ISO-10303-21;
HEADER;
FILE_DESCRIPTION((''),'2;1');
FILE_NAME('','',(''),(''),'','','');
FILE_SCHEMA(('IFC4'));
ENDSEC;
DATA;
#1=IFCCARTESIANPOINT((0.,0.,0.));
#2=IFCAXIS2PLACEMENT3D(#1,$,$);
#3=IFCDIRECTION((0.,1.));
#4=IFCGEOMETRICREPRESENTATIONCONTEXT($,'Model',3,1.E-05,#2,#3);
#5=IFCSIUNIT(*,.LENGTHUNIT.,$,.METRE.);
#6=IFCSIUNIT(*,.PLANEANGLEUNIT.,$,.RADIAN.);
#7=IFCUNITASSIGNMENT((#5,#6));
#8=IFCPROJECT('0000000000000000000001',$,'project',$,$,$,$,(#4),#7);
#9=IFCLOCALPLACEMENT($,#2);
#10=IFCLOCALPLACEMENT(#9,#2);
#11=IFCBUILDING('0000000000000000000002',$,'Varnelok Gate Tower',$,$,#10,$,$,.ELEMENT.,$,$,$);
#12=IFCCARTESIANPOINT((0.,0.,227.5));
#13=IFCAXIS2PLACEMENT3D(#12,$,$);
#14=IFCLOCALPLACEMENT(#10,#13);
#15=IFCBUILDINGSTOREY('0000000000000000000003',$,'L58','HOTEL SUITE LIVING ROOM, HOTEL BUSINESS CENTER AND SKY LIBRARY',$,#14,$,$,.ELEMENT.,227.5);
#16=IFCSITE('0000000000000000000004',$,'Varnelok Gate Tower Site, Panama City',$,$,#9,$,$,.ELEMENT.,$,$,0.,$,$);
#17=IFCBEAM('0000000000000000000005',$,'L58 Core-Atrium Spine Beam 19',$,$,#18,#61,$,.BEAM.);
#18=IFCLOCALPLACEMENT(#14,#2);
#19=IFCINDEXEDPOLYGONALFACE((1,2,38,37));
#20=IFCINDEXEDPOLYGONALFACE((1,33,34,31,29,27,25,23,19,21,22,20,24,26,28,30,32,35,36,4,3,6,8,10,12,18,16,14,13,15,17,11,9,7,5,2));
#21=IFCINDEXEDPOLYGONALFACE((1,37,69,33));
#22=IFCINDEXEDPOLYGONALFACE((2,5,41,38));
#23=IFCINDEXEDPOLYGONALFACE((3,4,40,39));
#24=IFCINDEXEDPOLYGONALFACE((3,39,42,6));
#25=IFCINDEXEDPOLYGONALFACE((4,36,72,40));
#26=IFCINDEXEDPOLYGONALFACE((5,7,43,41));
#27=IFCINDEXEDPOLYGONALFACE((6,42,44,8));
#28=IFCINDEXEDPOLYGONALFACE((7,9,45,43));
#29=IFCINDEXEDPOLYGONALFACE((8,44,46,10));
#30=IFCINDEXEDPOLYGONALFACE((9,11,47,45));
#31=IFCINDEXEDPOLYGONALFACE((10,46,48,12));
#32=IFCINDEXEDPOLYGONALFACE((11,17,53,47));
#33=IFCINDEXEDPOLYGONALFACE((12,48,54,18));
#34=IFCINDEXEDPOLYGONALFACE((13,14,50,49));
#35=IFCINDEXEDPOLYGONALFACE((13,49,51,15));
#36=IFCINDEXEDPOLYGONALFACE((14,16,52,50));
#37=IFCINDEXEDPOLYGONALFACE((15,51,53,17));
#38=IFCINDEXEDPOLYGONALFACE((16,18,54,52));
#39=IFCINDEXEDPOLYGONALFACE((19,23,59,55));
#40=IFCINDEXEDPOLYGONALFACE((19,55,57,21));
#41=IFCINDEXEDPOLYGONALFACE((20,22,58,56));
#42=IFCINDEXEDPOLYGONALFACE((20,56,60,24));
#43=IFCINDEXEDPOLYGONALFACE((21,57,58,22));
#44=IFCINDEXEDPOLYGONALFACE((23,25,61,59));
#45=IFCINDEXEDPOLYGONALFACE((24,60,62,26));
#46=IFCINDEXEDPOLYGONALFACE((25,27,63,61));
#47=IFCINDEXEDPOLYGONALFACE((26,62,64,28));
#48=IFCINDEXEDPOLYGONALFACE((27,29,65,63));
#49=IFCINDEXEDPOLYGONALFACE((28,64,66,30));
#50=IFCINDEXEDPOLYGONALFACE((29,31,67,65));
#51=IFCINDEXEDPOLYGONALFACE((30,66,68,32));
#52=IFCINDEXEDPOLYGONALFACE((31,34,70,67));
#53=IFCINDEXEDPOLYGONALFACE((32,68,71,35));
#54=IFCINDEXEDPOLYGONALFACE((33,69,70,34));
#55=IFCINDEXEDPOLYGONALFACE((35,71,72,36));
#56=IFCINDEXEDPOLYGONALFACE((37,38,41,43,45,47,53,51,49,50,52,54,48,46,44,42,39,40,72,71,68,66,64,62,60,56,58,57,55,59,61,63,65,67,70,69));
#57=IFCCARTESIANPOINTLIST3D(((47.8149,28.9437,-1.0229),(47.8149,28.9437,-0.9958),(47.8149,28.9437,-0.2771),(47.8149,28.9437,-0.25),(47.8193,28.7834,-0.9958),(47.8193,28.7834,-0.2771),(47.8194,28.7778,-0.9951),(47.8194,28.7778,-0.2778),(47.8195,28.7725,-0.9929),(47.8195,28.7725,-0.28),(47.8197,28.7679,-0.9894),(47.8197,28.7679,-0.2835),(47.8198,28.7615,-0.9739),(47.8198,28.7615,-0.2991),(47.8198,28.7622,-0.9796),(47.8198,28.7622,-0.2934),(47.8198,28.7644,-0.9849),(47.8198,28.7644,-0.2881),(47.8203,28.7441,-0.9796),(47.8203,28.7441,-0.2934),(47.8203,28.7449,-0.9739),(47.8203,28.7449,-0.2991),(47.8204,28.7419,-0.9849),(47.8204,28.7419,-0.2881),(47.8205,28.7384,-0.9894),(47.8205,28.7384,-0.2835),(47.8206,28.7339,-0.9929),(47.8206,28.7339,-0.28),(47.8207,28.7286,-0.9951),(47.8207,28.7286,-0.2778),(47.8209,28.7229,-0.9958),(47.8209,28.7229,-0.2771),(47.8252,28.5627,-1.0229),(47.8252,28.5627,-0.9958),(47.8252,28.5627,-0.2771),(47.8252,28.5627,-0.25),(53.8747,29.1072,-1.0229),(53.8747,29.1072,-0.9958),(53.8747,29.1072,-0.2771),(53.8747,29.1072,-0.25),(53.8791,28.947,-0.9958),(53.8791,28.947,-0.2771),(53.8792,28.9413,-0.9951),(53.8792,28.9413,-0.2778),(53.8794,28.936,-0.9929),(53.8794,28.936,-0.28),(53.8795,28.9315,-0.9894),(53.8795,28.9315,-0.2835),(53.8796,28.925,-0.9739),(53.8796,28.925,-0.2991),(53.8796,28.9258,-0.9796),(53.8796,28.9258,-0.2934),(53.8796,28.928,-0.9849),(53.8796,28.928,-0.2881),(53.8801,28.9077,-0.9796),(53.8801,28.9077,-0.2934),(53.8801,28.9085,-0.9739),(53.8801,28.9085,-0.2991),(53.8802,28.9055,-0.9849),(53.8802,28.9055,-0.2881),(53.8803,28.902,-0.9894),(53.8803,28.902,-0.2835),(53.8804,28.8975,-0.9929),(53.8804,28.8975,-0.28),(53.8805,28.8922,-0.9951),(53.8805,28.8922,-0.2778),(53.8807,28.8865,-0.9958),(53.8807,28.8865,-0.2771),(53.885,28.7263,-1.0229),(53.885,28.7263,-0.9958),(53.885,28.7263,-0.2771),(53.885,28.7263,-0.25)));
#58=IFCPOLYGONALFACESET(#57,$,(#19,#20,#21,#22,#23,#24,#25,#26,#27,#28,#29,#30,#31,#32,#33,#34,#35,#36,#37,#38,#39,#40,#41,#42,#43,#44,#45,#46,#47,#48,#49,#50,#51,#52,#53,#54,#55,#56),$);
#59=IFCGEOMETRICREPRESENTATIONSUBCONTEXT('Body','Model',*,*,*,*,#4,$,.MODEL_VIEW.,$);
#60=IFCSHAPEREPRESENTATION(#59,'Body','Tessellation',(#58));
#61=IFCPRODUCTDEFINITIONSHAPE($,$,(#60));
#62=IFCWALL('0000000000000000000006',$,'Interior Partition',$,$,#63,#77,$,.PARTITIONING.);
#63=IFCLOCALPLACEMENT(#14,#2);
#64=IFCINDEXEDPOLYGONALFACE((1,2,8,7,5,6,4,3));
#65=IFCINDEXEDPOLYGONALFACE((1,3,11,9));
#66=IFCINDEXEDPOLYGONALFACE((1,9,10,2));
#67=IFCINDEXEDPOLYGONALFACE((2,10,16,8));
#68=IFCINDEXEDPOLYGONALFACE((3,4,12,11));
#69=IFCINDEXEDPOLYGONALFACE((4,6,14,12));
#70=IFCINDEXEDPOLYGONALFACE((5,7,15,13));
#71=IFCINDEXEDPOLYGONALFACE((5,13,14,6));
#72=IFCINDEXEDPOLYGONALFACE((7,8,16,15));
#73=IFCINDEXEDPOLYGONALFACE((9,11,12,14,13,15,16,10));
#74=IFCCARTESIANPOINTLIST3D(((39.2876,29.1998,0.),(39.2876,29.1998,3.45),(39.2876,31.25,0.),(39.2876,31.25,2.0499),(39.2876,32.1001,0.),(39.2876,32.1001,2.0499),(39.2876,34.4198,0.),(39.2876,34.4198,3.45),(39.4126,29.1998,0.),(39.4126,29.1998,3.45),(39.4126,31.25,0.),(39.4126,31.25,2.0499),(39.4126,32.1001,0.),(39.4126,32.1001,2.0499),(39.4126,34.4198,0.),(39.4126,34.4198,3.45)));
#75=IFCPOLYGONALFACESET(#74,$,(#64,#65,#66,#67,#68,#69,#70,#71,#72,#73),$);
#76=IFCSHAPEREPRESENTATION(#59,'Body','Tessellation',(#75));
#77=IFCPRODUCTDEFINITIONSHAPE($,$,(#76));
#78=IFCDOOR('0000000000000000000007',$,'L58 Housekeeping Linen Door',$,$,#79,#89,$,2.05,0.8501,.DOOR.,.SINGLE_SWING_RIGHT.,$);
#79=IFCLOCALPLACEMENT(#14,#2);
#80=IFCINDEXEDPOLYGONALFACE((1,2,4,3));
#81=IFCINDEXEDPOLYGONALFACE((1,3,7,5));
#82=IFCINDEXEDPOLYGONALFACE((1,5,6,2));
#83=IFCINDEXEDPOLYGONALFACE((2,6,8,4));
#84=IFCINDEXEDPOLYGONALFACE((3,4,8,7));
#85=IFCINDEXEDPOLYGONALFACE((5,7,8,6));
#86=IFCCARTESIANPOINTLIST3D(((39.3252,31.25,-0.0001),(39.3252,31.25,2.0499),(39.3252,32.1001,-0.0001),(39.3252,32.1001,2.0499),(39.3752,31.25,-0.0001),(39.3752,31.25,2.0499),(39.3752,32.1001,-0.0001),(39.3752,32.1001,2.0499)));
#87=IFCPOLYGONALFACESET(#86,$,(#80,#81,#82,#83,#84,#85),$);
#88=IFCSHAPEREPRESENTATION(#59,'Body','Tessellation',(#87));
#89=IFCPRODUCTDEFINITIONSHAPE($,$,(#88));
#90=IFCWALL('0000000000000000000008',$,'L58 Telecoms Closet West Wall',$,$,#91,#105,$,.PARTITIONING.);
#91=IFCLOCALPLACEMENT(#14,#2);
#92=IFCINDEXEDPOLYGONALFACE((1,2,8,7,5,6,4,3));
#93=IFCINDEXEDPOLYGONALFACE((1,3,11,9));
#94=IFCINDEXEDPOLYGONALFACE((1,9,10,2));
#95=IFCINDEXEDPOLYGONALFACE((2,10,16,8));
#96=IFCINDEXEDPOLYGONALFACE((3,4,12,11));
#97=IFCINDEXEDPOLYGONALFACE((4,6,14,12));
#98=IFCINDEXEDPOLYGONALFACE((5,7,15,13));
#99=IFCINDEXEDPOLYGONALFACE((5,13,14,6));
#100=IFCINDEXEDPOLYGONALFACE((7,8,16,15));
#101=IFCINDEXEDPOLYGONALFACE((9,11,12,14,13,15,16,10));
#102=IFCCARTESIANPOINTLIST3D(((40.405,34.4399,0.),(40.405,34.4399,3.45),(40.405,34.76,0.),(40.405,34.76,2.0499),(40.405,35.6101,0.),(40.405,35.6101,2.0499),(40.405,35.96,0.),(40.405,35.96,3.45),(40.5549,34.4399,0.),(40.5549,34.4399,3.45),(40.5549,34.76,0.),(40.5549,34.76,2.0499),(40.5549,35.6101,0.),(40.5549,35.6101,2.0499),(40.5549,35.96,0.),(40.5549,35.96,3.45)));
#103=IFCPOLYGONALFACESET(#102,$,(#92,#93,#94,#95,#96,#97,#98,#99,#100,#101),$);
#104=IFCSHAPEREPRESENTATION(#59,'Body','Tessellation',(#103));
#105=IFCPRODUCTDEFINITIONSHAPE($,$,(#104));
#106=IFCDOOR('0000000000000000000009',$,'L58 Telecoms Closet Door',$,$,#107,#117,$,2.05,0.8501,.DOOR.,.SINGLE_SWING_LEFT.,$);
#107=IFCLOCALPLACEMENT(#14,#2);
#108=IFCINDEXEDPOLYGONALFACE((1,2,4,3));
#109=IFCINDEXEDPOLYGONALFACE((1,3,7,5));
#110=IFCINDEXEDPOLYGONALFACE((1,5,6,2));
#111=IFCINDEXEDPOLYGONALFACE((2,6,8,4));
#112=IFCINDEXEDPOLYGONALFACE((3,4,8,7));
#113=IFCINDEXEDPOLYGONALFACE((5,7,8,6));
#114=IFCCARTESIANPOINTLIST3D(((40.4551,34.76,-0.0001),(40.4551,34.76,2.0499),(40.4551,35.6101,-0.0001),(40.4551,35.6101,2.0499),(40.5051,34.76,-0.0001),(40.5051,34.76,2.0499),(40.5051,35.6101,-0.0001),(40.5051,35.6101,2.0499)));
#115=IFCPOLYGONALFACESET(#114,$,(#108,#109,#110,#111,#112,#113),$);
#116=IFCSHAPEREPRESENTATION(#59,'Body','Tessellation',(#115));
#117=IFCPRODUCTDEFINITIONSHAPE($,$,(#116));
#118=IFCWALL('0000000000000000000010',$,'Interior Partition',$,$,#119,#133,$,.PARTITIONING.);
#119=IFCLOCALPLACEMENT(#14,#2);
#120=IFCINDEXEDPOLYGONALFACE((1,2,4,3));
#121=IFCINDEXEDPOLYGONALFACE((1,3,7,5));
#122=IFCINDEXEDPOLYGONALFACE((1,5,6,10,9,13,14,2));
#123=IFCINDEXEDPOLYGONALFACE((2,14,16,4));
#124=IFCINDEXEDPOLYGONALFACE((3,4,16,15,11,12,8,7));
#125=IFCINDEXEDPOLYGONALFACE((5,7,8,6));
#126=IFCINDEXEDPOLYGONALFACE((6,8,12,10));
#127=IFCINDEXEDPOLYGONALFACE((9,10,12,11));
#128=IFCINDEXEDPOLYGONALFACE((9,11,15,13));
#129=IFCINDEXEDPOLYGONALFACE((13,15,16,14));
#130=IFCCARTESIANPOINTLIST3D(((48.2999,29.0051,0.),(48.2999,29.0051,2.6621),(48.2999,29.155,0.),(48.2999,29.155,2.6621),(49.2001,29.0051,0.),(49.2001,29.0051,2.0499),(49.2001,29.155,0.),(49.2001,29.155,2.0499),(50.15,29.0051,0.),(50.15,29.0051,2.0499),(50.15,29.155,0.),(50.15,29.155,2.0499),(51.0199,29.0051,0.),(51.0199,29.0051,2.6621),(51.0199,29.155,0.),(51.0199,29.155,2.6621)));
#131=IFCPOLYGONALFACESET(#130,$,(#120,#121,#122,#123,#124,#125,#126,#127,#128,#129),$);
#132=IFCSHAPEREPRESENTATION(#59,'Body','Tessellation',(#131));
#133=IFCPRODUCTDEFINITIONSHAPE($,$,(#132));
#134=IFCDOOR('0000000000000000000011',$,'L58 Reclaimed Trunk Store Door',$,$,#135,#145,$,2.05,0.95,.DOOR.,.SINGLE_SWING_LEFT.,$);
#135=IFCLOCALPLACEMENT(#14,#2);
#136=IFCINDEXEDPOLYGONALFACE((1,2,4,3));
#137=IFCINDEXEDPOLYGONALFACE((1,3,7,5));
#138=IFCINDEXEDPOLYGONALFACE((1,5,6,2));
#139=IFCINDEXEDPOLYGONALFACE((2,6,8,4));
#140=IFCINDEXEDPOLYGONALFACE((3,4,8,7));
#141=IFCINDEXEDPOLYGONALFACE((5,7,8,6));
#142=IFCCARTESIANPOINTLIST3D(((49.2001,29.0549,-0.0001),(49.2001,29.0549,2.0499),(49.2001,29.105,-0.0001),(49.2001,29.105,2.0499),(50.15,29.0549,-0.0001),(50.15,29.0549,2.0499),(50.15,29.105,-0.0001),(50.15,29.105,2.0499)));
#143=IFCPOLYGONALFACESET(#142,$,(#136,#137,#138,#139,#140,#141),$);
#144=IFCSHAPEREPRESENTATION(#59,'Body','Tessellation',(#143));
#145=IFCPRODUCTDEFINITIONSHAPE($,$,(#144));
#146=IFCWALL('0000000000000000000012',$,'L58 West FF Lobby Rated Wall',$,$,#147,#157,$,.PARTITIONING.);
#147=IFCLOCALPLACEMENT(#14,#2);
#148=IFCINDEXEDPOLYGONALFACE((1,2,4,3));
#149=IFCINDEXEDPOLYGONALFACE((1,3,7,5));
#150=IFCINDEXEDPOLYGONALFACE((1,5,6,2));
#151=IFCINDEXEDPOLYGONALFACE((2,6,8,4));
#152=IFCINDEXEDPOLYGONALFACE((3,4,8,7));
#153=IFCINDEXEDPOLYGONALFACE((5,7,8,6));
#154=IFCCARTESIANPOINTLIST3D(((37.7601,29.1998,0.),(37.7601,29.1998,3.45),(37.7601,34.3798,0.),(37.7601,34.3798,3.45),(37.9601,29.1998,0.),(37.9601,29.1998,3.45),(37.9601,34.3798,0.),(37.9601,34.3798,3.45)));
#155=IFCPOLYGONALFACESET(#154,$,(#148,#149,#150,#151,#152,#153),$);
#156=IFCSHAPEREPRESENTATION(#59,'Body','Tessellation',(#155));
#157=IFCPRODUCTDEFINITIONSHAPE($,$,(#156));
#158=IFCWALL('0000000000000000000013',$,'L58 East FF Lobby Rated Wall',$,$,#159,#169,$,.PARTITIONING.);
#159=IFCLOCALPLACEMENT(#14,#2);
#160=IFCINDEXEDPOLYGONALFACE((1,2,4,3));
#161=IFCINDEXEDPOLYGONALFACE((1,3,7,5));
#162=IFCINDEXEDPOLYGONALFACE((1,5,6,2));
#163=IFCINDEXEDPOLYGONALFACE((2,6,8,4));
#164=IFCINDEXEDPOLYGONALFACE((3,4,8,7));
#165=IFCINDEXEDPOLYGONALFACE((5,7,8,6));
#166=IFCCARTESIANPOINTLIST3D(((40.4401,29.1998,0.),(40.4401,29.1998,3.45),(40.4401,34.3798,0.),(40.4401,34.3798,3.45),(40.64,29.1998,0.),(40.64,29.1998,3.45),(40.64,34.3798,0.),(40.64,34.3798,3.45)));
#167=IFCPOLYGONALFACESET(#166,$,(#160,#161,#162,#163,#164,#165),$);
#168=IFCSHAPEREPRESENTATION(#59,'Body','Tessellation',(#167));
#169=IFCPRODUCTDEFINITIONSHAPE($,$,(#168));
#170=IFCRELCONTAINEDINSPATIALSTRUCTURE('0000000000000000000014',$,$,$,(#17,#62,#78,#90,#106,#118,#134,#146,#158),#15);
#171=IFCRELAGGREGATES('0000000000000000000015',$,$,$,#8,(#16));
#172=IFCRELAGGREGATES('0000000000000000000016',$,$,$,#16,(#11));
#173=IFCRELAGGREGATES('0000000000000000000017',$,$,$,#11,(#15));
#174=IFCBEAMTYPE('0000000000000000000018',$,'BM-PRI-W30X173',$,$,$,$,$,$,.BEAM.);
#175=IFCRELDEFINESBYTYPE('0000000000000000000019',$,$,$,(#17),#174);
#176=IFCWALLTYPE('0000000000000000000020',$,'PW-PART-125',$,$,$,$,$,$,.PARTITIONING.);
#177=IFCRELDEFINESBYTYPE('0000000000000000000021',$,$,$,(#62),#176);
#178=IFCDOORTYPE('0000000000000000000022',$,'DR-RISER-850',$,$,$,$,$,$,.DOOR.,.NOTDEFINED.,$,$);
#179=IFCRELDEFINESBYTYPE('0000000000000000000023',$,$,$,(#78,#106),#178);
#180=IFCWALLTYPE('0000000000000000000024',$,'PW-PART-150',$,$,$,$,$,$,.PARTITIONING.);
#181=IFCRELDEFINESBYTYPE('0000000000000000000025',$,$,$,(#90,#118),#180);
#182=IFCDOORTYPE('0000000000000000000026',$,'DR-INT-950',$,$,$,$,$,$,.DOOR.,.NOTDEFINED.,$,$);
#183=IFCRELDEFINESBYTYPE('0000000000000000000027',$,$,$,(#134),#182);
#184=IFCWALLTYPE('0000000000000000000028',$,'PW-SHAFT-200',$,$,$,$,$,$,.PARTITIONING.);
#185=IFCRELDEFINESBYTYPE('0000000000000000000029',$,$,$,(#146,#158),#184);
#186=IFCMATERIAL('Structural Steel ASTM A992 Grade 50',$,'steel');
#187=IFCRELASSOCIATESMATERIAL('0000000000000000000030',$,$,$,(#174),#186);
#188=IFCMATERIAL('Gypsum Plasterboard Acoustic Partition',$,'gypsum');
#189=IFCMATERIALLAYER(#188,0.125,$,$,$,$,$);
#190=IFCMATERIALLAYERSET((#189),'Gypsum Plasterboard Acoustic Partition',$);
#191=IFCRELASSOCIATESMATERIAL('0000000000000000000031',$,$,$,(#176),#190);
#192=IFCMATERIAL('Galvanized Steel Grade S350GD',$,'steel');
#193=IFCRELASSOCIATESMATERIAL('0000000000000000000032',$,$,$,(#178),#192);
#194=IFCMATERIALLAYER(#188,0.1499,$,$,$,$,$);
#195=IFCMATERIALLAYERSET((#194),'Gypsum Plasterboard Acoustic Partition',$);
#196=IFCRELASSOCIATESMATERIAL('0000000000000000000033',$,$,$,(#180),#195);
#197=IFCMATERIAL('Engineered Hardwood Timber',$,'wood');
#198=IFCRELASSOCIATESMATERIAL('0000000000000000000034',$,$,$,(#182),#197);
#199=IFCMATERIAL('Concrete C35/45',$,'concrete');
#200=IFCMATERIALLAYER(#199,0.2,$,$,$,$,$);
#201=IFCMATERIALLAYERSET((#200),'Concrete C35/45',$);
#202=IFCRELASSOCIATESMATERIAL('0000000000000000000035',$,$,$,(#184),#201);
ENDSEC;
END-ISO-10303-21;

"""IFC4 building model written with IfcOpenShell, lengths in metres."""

from ifc_helpers import new_model, si_unit, direction, frame, frame_2d, origin, origin_2d, place, context, subcontext, project, spatial, rectangle, i_section, extrude, material, layer, layer_set, material_profile, profile_set, type_object, element, fill, save


model = new_model("IFC4")

# Units and contexts
model_context = context("Model", 3, precision=1e-05, world=origin(), true_north=direction((0.0, 1.0)))
body_context = subcontext(model_context, "Body", "Model", "MODEL_VIEW")
ifc_project = project(units=[si_unit("LENGTHUNIT", "METRE"), si_unit("PLANEANGLEUNIT", "RADIAN")], contexts=[model_context])

# Site, building, storey
site_placement = place(None, origin())
site = spatial("IfcSite", under=ifc_project, at=site_placement, Name="Varnelok Gate Tower Site, Panama City", CompositionType="ELEMENT", RefElevation=0.0)
building_placement = place(site_placement, origin())
building = spatial("IfcBuilding", under=site, at=building_placement, Name="Varnelok Gate Tower", CompositionType="ELEMENT")
storey_placement = place(building_placement, frame((0.0, 0.0, 227.5)))
storey = spatial("IfcBuildingStorey", under=building, at=storey_placement, Name="L58", Description="HOTEL SUITE LIVING ROOM, HOTEL BUSINESS CENTER AND SKY LIBRARY", CompositionType="ELEMENT", Elevation=227.5)

# Beam
ifc_material_1 = material(Name="Structural Steel ASTM A992 Grade 50", Category="steel")
ifc_material_profile = material_profile(ifc_material_1, i_section(OverallWidth=0.3811, OverallDepth=0.7729, WebThickness=0.0166, FlangeThickness=0.0271, FilletRadius=0.022, at=origin_2d()), Name="W30X173")
ifc_profile_set = profile_set([ifc_material_profile], Name="Structural Steel ASTM A992 Grade 50")
beam_type = type_object("IfcBeamType", Name="BM-PRI-W30X173", PredefinedType="BEAM", material=ifc_profile_set)
beam_placement = place(storey_placement, frame((47.8201, 28.7532, -0.6365), z_axis=(0.999636, 0.026983, 0.0), x_axis=(-0.026983, 0.999636, 0.0)))
element("IfcBeam", 1, at=beam_placement, inside=storey, type_object=beam_type, Name="L58 Core-Atrium Spine Beam 19", PredefinedType="BEAM", context=body_context, shape_type="SweptSolid", body=[
    extrude(i_section(OverallWidth=0.3811, OverallDepth=0.7729, WebThickness=0.0166, FlangeThickness=0.0271, FilletRadius=0.022, at=origin_2d()), origin(), (0.0, 0.0, 1.0), 6.062),
])

# Walls, openings, doors
ifc_material_2 = material(Name="Gypsum Plasterboard Acoustic Partition", Category="gypsum")
ifc_layer_1 = layer(ifc_material_2, 0.125)
ifc_layer_set_1 = layer_set([ifc_layer_1], Name="Gypsum Plasterboard Acoustic Partition")
wall_type_1 = type_object("IfcWallType", Name="PW-PART-125", PredefinedType="PARTITIONING", material=ifc_layer_set_1)
wall_1_placement = place(storey_placement, frame((39.3501, 29.2, 0.0), z_axis=(0.0, 0.0, 1.0), x_axis=(0.0, 1.0, 0.0)))
wall_1 = element("IfcWall", 2, at=wall_1_placement, inside=storey, type_object=wall_type_1, Name="Interior Partition", PredefinedType="PARTITIONING", context=body_context, shape_type="SweptSolid", body=[
    extrude(rectangle(XDim=5.22, YDim=0.125, at=frame_2d((2.6099, 0.0))), origin(), (0.0, 0.0, 1.0), 3.45),
])
opening_1_placement = place(wall_1_placement, frame((2.05, 0.0, 0.0)))
opening_1 = element("IfcOpeningElement", 3, at=opening_1_placement, cuts=wall_1, PredefinedType="OPENING", context=body_context, shape_type="SweptSolid", body=[
    extrude(rectangle(XDim=0.8501, YDim=2.05, at=frame_2d((0.425, 1.0249))), frame((0.0, 0.0725, 0.0), z_axis=(0.0, -1.0, 0.0), x_axis=(1.0, 0.0, 0.0)), (0.0, 0.0, 1.0), 0.145),
])
ifc_material_3 = material(Name="Galvanized Steel Grade S350GD", Category="steel")
door_type_1 = type_object("IfcDoorType", Name="DR-RISER-850", OperationType="NOTDEFINED", PredefinedType="DOOR", material=ifc_material_3)
door_1_placement = place(opening_1_placement, origin())
door_1 = element("IfcDoor", 4, at=door_1_placement, inside=storey, type_object=door_type_1, Name="L58 Housekeeping Linen Door", OperationType="SINGLE_SWING_RIGHT", OverallHeight=2.05, OverallWidth=0.8501, PredefinedType="DOOR", context=body_context, shape_type="SweptSolid", body=[
    extrude(rectangle(XDim=0.8501, YDim=2.05, at=frame_2d((0.425, 1.0249))), frame((0.0, 0.0249, 0.0), z_axis=(0.0, -1.0, 0.0), x_axis=(1.0, 0.0, 0.0)), (0.0, 0.0, 1.0), 0.05),
])
fill(opening_1, door_1)
ifc_layer_2 = layer(ifc_material_2, 0.1499)
ifc_layer_set_2 = layer_set([ifc_layer_2], Name="Gypsum Plasterboard Acoustic Partition")
wall_type_2 = type_object("IfcWallType", Name="PW-PART-150", PredefinedType="PARTITIONING", material=ifc_layer_set_2)
wall_2_placement = place(storey_placement, frame((40.48, 34.4399, 0.0), z_axis=(0.0, 0.0, 1.0), x_axis=(0.0, 1.0, 0.0)))
wall_2 = element("IfcWall", 5, at=wall_2_placement, inside=storey, type_object=wall_type_2, Name="L58 Telecoms Closet West Wall", PredefinedType="PARTITIONING", context=body_context, shape_type="SweptSolid", body=[
    extrude(rectangle(XDim=1.52, YDim=0.1499, at=frame_2d((0.76, 0.0))), origin(), (0.0, 0.0, 1.0), 3.45),
])
opening_2_placement = place(wall_2_placement, frame((0.3201, 0.0, 0.0)))
opening_2 = element("IfcOpeningElement", 6, at=opening_2_placement, cuts=wall_2, PredefinedType="OPENING", context=body_context, shape_type="SweptSolid", body=[
    extrude(rectangle(XDim=0.8501, YDim=2.05, at=frame_2d((0.425, 1.0249))), frame((0.0, 0.085, 0.0), z_axis=(0.0, -1.0, 0.0), x_axis=(1.0, 0.0, 0.0)), (0.0, 0.0, 1.0), 0.1699),
])
door_2_placement = place(opening_2_placement, origin())
door_2 = element("IfcDoor", 7, at=door_2_placement, inside=storey, type_object=door_type_1, Name="L58 Telecoms Closet Door", OperationType="SINGLE_SWING_LEFT", OverallHeight=2.05, OverallWidth=0.8501, PredefinedType="DOOR", context=body_context, shape_type="SweptSolid", body=[
    extrude(rectangle(XDim=0.8501, YDim=2.05, at=frame_2d((0.425, 1.0249))), frame((0.0, 0.0249, 0.0), z_axis=(0.0, -1.0, 0.0), x_axis=(1.0, 0.0, 0.0)), (0.0, 0.0, 1.0), 0.05),
])
fill(opening_2, door_2)
wall_3_placement = place(storey_placement, frame((48.3, 29.0801, 0.0), z_axis=(0.0, 0.0, 1.0), x_axis=(1.0, 0.0, 0.0)))
wall_3 = element("IfcWall", 8, at=wall_3_placement, inside=storey, type_object=wall_type_2, Name="Interior Partition", PredefinedType="PARTITIONING", context=body_context, shape_type="SweptSolid", body=[
    extrude(rectangle(XDim=2.72, YDim=0.1499, at=frame_2d((1.3599, 0.0))), origin(), (0.0, 0.0, 1.0), 2.6621),
])
opening_3_placement = place(wall_3_placement, frame((0.8999, 0.0, 0.0)))
opening_3 = element("IfcOpeningElement", 9, at=opening_3_placement, cuts=wall_3, PredefinedType="OPENING", context=body_context, shape_type="SweptSolid", body=[
    extrude(rectangle(XDim=0.95, YDim=2.05, at=frame_2d((0.4751, 1.0249))), frame((0.0, 0.085, 0.0), z_axis=(0.0, -1.0, 0.0), x_axis=(1.0, 0.0, 0.0)), (0.0, 0.0, 1.0), 0.1699),
])
ifc_material_4 = material(Name="Engineered Hardwood Timber", Category="wood")
door_type_2 = type_object("IfcDoorType", Name="DR-INT-950", OperationType="NOTDEFINED", PredefinedType="DOOR", material=ifc_material_4)
door_3_placement = place(opening_3_placement, origin())
door_3 = element("IfcDoor", 10, at=door_3_placement, inside=storey, type_object=door_type_2, Name="L58 Reclaimed Trunk Store Door", OperationType="SINGLE_SWING_LEFT", OverallHeight=2.05, OverallWidth=0.95, PredefinedType="DOOR", context=body_context, shape_type="SweptSolid", body=[
    extrude(rectangle(XDim=0.95, YDim=2.05, at=frame_2d((0.4751, 1.0249))), frame((0.0, 0.0249, 0.0), z_axis=(0.0, -1.0, 0.0), x_axis=(1.0, 0.0, 0.0)), (0.0, 0.0, 1.0), 0.05),
])
fill(opening_3, door_3)

# Walls
ifc_material_5 = material(Name="Concrete C35/45", Category="concrete")
ifc_layer_3 = layer(ifc_material_5, 0.2)
ifc_layer_set_3 = layer_set([ifc_layer_3], Name="Concrete C35/45")
wall_type_3 = type_object("IfcWallType", Name="PW-SHAFT-200", PredefinedType="PARTITIONING", material=ifc_layer_set_3)
for number, where, z_axis, x_axis, name in (
    (11, (37.8601, 29.2, 0.0), (0.0, 0.0, 1.0), (0.0, 1.0, 0.0), "L58 West FF Lobby Rated Wall"),
    (12, (40.54, 29.2, 0.0), (0.0, 0.0, 1.0), (0.0, 1.0, 0.0), "L58 East FF Lobby Rated Wall"),
):
    element("IfcWall", number, at=place(storey_placement, frame(where, z_axis=z_axis, x_axis=x_axis)), inside=storey, type_object=wall_type_3, Name=name, PredefinedType="PARTITIONING", context=body_context, shape_type="SweptSolid", body=[
        extrude(rectangle(XDim=5.1799, YDim=0.2, at=frame_2d((2.5898, 0.0))), origin(), (0.0, 0.0, 1.0), 3.45),
    ])

save(model, "model.ifc")
